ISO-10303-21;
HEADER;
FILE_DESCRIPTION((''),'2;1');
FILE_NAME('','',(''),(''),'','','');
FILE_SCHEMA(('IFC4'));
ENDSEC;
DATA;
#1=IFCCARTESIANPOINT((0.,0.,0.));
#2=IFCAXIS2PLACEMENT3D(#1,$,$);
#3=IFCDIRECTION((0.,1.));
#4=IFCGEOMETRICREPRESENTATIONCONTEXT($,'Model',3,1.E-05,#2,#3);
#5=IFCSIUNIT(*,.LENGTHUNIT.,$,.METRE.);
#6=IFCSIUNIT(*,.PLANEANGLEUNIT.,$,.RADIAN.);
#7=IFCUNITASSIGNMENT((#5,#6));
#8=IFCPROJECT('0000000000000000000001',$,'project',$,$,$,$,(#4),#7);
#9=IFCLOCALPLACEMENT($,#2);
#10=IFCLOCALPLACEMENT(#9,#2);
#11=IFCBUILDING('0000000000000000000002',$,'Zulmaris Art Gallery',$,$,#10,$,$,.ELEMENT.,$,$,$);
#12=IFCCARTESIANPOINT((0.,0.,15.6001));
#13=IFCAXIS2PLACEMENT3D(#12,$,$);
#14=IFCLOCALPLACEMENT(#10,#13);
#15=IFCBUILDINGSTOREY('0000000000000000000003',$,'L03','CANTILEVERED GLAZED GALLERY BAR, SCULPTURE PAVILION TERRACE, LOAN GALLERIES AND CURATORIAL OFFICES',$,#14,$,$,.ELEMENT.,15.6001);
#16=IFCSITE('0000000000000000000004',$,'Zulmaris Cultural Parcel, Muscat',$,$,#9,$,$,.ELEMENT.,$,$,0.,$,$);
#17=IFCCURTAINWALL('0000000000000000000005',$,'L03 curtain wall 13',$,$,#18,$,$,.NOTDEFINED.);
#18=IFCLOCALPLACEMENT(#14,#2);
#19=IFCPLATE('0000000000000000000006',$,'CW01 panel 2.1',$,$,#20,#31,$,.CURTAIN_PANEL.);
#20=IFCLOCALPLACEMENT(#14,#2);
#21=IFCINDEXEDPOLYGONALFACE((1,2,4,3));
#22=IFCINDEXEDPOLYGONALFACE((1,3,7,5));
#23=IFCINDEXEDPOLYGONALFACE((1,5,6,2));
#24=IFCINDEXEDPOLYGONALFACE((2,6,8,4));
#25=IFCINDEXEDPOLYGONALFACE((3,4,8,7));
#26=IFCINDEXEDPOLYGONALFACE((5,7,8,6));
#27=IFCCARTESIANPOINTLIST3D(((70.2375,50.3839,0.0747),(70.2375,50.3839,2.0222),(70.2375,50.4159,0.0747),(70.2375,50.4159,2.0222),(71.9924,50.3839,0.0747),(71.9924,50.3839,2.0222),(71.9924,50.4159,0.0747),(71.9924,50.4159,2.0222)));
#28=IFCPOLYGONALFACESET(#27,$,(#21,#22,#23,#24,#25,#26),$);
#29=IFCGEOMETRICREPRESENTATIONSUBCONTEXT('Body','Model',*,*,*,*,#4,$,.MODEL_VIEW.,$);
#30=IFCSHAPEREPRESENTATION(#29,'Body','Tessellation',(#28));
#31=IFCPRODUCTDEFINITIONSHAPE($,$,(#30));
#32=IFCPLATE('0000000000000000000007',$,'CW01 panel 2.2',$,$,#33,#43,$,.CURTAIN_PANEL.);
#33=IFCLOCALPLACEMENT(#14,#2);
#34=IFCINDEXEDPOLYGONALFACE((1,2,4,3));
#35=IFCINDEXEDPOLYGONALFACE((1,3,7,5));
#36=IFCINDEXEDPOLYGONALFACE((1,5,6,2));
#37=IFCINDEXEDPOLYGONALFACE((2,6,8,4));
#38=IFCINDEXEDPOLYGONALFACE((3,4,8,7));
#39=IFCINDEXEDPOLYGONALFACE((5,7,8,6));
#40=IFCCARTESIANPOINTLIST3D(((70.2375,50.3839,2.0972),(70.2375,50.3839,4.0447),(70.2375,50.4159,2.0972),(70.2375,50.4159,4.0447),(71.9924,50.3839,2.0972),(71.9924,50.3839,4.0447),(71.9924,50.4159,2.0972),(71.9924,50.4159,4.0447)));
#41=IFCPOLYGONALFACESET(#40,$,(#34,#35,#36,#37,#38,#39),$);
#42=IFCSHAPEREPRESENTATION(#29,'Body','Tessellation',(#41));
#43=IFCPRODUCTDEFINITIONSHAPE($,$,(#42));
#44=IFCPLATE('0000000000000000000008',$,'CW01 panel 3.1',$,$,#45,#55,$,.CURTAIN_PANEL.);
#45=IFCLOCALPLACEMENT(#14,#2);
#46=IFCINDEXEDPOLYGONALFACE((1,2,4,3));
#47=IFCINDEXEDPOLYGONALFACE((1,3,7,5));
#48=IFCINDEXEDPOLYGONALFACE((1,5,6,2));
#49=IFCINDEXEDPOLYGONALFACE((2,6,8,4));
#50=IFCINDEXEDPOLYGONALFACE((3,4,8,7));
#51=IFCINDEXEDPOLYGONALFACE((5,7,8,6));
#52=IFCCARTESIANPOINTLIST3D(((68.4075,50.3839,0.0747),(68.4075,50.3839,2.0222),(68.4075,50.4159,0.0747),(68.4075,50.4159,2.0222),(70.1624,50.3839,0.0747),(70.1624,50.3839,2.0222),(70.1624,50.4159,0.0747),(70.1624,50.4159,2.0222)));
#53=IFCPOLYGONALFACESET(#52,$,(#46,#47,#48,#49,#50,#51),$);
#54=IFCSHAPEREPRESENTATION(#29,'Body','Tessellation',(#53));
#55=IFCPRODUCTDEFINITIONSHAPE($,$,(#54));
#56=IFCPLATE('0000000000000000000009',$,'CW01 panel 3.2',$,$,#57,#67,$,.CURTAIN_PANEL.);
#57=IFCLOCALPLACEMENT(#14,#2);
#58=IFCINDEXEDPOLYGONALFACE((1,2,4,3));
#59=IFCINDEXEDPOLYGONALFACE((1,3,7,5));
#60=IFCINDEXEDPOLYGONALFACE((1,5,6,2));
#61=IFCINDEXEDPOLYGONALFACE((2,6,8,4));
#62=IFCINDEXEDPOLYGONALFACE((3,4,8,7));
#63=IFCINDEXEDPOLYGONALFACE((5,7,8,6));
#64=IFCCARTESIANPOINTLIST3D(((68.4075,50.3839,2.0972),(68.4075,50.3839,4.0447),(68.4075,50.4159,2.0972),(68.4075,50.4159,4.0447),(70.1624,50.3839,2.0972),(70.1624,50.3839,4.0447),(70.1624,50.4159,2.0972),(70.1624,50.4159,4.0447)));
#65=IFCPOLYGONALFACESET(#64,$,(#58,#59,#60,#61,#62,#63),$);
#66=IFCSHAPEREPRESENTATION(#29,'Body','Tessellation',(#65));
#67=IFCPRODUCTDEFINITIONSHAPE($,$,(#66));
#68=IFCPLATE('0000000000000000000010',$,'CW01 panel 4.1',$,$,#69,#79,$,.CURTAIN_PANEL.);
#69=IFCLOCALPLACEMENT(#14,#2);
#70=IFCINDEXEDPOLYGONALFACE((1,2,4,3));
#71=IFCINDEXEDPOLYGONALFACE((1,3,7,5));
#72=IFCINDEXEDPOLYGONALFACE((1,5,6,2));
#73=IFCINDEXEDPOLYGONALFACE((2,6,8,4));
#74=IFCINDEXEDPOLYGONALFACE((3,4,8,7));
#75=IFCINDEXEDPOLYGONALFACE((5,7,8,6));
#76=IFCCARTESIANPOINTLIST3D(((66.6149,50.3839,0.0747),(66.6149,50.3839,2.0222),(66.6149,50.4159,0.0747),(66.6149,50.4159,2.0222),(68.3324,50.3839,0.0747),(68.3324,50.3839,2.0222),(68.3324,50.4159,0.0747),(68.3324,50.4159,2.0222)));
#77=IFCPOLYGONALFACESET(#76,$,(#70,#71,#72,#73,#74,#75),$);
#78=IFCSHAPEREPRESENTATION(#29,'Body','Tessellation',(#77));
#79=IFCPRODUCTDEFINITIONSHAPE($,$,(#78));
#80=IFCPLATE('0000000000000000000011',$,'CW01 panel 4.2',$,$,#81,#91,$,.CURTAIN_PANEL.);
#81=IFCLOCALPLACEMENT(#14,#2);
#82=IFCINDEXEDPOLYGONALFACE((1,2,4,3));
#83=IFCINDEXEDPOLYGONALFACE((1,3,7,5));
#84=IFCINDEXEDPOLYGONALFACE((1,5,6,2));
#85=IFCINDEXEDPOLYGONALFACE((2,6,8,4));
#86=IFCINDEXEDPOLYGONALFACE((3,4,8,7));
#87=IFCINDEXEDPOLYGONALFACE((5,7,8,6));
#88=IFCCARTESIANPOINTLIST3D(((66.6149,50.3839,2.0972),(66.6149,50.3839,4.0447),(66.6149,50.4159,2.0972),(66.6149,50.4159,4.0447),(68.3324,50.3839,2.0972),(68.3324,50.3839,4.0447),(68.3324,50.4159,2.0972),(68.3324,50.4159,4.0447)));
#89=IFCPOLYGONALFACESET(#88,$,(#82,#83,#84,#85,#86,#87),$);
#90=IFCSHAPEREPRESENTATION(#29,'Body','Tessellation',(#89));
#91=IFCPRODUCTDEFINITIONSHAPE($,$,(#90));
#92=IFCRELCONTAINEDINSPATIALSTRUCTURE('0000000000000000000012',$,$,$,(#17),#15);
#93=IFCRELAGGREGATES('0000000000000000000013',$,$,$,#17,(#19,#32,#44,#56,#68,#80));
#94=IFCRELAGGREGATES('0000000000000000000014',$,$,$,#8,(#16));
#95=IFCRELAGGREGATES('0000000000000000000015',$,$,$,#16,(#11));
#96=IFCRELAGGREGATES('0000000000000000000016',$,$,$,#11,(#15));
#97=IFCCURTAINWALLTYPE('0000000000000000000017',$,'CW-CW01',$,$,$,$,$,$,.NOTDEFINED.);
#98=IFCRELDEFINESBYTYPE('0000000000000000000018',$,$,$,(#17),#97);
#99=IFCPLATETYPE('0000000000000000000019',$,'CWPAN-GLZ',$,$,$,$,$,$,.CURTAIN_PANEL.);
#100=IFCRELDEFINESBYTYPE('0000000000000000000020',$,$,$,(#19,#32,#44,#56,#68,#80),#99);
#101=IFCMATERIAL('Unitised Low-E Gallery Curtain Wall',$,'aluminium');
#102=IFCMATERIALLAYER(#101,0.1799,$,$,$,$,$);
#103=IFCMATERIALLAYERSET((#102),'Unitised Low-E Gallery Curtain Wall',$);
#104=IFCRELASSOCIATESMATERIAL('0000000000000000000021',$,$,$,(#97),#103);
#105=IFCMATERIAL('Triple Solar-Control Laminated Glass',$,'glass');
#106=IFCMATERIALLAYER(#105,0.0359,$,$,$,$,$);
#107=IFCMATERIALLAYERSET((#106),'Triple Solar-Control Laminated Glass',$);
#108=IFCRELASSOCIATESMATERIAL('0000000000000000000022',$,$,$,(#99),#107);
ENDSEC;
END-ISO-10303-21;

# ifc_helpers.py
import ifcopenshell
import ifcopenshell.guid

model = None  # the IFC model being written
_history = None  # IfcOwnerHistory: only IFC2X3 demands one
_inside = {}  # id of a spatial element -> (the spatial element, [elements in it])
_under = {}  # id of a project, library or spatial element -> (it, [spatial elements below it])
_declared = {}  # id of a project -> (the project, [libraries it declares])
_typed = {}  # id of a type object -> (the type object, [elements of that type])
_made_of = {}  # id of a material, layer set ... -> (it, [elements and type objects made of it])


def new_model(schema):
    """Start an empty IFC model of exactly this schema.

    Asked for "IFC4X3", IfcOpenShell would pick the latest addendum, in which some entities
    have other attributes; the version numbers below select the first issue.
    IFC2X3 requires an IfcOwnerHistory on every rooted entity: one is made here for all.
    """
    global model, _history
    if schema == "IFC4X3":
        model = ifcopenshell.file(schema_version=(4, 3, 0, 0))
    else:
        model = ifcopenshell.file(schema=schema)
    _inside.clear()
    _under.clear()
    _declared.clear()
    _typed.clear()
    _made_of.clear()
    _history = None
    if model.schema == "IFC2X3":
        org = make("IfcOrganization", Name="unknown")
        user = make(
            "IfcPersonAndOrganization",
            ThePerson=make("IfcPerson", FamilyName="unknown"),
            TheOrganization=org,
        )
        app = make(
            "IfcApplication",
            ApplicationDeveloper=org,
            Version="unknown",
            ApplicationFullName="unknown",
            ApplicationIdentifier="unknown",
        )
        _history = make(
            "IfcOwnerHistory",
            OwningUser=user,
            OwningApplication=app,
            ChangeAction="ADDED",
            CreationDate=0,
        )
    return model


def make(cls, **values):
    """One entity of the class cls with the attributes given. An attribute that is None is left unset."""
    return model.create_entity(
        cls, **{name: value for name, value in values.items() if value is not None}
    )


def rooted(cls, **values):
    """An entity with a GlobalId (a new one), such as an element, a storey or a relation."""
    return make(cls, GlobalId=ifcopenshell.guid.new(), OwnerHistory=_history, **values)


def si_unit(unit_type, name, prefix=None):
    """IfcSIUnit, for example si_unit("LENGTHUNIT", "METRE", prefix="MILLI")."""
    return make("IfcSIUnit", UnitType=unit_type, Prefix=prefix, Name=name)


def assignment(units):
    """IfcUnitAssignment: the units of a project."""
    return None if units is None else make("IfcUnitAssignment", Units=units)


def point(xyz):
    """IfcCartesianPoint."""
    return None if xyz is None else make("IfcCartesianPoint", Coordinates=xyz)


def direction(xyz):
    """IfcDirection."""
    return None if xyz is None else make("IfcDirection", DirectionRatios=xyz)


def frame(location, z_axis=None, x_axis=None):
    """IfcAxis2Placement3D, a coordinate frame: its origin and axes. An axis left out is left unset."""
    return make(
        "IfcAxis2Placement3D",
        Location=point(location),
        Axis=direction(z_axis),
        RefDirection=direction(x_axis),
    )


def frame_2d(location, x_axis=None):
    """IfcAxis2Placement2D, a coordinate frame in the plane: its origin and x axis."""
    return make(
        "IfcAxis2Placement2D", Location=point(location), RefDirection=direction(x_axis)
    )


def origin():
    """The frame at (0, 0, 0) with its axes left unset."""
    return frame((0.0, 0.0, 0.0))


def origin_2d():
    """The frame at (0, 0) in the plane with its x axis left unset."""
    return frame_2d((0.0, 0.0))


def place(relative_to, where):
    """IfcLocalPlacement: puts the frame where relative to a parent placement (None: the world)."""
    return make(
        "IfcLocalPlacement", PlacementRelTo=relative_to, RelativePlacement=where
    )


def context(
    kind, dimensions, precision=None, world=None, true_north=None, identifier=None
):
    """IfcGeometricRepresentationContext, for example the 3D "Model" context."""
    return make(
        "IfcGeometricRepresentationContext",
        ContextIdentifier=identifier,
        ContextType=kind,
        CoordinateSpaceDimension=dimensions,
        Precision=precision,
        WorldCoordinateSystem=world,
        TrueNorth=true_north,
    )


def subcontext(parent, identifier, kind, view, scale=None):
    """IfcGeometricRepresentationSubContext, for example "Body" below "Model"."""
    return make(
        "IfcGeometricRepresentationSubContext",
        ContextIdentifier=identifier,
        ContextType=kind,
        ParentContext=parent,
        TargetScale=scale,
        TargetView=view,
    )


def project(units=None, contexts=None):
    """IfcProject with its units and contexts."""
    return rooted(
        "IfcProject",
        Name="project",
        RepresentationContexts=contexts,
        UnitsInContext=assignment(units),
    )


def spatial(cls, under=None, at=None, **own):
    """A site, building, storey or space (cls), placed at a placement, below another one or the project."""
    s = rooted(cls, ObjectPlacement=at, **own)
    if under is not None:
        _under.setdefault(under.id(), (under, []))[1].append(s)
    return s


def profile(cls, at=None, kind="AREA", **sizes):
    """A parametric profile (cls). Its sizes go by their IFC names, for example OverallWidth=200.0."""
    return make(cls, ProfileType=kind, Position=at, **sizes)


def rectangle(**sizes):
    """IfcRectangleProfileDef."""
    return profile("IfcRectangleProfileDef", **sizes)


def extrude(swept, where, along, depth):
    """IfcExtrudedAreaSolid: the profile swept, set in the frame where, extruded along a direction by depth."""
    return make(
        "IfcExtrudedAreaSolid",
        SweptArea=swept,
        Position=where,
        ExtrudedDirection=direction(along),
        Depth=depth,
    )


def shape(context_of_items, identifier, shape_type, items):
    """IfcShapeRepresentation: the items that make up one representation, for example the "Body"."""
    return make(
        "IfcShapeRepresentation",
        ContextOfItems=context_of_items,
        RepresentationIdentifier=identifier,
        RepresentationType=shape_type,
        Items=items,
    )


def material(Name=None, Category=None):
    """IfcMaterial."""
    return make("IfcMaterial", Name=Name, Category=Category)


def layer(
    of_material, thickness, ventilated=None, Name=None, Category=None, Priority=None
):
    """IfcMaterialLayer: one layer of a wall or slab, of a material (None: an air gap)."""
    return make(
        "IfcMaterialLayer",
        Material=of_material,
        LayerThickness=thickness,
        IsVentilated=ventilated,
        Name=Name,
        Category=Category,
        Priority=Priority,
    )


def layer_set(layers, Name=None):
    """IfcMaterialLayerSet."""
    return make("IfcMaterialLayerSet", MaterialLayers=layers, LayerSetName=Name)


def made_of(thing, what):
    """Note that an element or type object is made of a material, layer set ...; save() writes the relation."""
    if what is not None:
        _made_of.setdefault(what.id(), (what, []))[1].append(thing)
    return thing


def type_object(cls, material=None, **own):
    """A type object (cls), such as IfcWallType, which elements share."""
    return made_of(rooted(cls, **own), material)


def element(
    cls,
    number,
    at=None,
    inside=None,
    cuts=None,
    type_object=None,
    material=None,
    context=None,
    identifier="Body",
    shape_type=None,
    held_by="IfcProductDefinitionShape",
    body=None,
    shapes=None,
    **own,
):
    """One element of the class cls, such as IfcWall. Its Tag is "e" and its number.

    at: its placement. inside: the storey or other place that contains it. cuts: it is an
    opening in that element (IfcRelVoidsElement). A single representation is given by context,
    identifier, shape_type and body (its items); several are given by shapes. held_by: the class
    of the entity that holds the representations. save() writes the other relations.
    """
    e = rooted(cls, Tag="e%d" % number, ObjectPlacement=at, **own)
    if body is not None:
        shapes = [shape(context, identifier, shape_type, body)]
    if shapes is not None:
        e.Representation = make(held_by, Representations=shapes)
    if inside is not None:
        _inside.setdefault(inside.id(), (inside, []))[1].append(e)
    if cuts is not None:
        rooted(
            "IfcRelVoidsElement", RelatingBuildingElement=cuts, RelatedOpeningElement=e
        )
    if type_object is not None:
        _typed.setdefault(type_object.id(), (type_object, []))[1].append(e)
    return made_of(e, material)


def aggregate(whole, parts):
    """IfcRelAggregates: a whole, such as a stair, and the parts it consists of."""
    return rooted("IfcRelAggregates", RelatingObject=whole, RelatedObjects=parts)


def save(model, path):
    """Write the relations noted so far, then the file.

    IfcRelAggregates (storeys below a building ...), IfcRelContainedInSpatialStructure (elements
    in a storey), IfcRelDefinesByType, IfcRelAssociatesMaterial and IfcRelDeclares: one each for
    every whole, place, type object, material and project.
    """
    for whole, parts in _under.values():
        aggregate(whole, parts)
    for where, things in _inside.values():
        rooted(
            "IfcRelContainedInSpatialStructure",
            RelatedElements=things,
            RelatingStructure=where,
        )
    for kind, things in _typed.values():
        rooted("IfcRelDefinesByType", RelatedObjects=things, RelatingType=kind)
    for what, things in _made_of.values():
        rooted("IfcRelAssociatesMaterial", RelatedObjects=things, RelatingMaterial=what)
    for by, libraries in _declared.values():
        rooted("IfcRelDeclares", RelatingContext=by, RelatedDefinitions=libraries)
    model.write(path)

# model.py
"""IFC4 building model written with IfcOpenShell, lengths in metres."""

from ifc_helpers import new_model, si_unit, direction, frame, origin, origin_2d, place, context, subcontext, project, spatial, rectangle, extrude, material, layer, layer_set, type_object, element, aggregate, save


model = new_model("IFC4")

# Units and contexts
model_context = context("Model", 3, precision=1e-05, world=origin(), true_north=direction((0.0, 1.0)))
body_context = subcontext(model_context, "Body", "Model", "MODEL_VIEW")
ifc_project = project(units=[si_unit("LENGTHUNIT", "METRE"), si_unit("PLANEANGLEUNIT", "RADIAN")], contexts=[model_context])

# Site, building, storey
site_placement = place(None, origin())
site = spatial("IfcSite", under=ifc_project, at=site_placement, Name="Zulmaris Cultural Parcel, Muscat", CompositionType="ELEMENT", RefElevation=0.0)
building_placement = place(site_placement, origin())
building = spatial("IfcBuilding", under=site, at=building_placement, Name="Zulmaris Art Gallery", CompositionType="ELEMENT")
storey_placement = place(building_placement, frame((0.0, 0.0, 15.6001)))
storey = spatial("IfcBuildingStorey", under=building, at=storey_placement, Name="L03", Description="CANTILEVERED GLAZED GALLERY BAR, SCULPTURE PAVILION TERRACE, LOAN GALLERIES AND CURATORIAL OFFICES", CompositionType="ELEMENT", Elevation=15.6001)

# Curtain wall
ifc_material_1 = material(Name="Unitised Low-E Gallery Curtain Wall", Category="aluminium")
ifc_layer_1 = layer(ifc_material_1, 0.1799)
ifc_layer_set_1 = layer_set([ifc_layer_1], Name="Unitised Low-E Gallery Curtain Wall")
curtain_wall_type = type_object("IfcCurtainWallType", Name="CW-CW01", PredefinedType="NOTDEFINED", material=ifc_layer_set_1)
curtain_wall_1_placement = place(storey_placement, origin())
curtain_wall_1 = element("IfcCurtainWall", 1, at=curtain_wall_1_placement, inside=storey, type_object=curtain_wall_type, Name="L03 curtain wall 13", PredefinedType="NOTDEFINED")

# Plates
ifc_material_2 = material(Name="Triple Solar-Control Laminated Glass", Category="glass")
ifc_layer_2 = layer(ifc_material_2, 0.0359)
ifc_layer_set_2 = layer_set([ifc_layer_2], Name="Triple Solar-Control Laminated Glass")
plate_type = type_object("IfcPlateType", Name="CWPAN-GLZ", PredefinedType="CURTAIN_PANEL", material=ifc_layer_set_2)
plate_1_placement = place(storey_placement, frame((71.115, 50.3999, 0.0747), z_axis=(0.0, 0.0, 1.0), x_axis=(-1.0, 0.0, 0.0)))
plate_1 = element("IfcPlate", 2, at=plate_1_placement, type_object=plate_type, Name="CW01 panel 2.1", PredefinedType="CURTAIN_PANEL", context=body_context, shape_type="SweptSolid", body=[
    extrude(rectangle(XDim=1.7549, YDim=0.032, at=origin_2d()), origin(), (0.0, 0.0, 1.0), 1.9475),
])
plate_2_placement = place(storey_placement, frame((71.115, 50.3999, 2.0972), z_axis=(0.0, 0.0, 1.0), x_axis=(-1.0, 0.0, 0.0)))
plate_2 = element("IfcPlate", 3, at=plate_2_placement, type_object=plate_type, Name="CW01 panel 2.2", PredefinedType="CURTAIN_PANEL", context=body_context, shape_type="SweptSolid", body=[
    extrude(rectangle(XDim=1.7549, YDim=0.032, at=origin_2d()), origin(), (0.0, 0.0, 1.0), 1.9475),
])
plate_3_placement = place(storey_placement, frame((69.2849, 50.3999, 0.0747), z_axis=(0.0, 0.0, 1.0), x_axis=(-1.0, 0.0, 0.0)))
plate_3 = element("IfcPlate", 4, at=plate_3_placement, type_object=plate_type, Name="CW01 panel 3.1", PredefinedType="CURTAIN_PANEL", context=body_context, shape_type="SweptSolid", body=[
    extrude(rectangle(XDim=1.7549, YDim=0.032, at=origin_2d()), origin(), (0.0, 0.0, 1.0), 1.9475),
])
plate_4_placement = place(storey_placement, frame((69.2849, 50.3999, 2.0972), z_axis=(0.0, 0.0, 1.0), x_axis=(-1.0, 0.0, 0.0)))
plate_4 = element("IfcPlate", 5, at=plate_4_placement, type_object=plate_type, Name="CW01 panel 3.2", PredefinedType="CURTAIN_PANEL", context=body_context, shape_type="SweptSolid", body=[
    extrude(rectangle(XDim=1.7549, YDim=0.032, at=origin_2d()), origin(), (0.0, 0.0, 1.0), 1.9475),
])
plate_5_placement = place(storey_placement, frame((67.4736, 50.3999, 0.0747), z_axis=(0.0, 0.0, 1.0), x_axis=(-1.0, 0.0, 0.0)))
plate_5 = element("IfcPlate", 6, at=plate_5_placement, type_object=plate_type, Name="CW01 panel 4.1", PredefinedType="CURTAIN_PANEL", context=body_context, shape_type="SweptSolid", body=[
    extrude(rectangle(XDim=1.7175, YDim=0.032, at=origin_2d()), origin(), (0.0, 0.0, 1.0), 1.9475),
])
plate_6_placement = place(storey_placement, frame((67.4736, 50.3999, 2.0972), z_axis=(0.0, 0.0, 1.0), x_axis=(-1.0, 0.0, 0.0)))
plate_6 = element("IfcPlate", 7, at=plate_6_placement, type_object=plate_type, Name="CW01 panel 4.2", PredefinedType="CURTAIN_PANEL", context=body_context, shape_type="SweptSolid", body=[
    extrude(rectangle(XDim=1.7175, YDim=0.032, at=origin_2d()), origin(), (0.0, 0.0, 1.0), 1.9475),
])
aggregate(curtain_wall_1, [plate_1, plate_2, plate_3, plate_4, plate_5, plate_6])

save(model, "model.ifc")
